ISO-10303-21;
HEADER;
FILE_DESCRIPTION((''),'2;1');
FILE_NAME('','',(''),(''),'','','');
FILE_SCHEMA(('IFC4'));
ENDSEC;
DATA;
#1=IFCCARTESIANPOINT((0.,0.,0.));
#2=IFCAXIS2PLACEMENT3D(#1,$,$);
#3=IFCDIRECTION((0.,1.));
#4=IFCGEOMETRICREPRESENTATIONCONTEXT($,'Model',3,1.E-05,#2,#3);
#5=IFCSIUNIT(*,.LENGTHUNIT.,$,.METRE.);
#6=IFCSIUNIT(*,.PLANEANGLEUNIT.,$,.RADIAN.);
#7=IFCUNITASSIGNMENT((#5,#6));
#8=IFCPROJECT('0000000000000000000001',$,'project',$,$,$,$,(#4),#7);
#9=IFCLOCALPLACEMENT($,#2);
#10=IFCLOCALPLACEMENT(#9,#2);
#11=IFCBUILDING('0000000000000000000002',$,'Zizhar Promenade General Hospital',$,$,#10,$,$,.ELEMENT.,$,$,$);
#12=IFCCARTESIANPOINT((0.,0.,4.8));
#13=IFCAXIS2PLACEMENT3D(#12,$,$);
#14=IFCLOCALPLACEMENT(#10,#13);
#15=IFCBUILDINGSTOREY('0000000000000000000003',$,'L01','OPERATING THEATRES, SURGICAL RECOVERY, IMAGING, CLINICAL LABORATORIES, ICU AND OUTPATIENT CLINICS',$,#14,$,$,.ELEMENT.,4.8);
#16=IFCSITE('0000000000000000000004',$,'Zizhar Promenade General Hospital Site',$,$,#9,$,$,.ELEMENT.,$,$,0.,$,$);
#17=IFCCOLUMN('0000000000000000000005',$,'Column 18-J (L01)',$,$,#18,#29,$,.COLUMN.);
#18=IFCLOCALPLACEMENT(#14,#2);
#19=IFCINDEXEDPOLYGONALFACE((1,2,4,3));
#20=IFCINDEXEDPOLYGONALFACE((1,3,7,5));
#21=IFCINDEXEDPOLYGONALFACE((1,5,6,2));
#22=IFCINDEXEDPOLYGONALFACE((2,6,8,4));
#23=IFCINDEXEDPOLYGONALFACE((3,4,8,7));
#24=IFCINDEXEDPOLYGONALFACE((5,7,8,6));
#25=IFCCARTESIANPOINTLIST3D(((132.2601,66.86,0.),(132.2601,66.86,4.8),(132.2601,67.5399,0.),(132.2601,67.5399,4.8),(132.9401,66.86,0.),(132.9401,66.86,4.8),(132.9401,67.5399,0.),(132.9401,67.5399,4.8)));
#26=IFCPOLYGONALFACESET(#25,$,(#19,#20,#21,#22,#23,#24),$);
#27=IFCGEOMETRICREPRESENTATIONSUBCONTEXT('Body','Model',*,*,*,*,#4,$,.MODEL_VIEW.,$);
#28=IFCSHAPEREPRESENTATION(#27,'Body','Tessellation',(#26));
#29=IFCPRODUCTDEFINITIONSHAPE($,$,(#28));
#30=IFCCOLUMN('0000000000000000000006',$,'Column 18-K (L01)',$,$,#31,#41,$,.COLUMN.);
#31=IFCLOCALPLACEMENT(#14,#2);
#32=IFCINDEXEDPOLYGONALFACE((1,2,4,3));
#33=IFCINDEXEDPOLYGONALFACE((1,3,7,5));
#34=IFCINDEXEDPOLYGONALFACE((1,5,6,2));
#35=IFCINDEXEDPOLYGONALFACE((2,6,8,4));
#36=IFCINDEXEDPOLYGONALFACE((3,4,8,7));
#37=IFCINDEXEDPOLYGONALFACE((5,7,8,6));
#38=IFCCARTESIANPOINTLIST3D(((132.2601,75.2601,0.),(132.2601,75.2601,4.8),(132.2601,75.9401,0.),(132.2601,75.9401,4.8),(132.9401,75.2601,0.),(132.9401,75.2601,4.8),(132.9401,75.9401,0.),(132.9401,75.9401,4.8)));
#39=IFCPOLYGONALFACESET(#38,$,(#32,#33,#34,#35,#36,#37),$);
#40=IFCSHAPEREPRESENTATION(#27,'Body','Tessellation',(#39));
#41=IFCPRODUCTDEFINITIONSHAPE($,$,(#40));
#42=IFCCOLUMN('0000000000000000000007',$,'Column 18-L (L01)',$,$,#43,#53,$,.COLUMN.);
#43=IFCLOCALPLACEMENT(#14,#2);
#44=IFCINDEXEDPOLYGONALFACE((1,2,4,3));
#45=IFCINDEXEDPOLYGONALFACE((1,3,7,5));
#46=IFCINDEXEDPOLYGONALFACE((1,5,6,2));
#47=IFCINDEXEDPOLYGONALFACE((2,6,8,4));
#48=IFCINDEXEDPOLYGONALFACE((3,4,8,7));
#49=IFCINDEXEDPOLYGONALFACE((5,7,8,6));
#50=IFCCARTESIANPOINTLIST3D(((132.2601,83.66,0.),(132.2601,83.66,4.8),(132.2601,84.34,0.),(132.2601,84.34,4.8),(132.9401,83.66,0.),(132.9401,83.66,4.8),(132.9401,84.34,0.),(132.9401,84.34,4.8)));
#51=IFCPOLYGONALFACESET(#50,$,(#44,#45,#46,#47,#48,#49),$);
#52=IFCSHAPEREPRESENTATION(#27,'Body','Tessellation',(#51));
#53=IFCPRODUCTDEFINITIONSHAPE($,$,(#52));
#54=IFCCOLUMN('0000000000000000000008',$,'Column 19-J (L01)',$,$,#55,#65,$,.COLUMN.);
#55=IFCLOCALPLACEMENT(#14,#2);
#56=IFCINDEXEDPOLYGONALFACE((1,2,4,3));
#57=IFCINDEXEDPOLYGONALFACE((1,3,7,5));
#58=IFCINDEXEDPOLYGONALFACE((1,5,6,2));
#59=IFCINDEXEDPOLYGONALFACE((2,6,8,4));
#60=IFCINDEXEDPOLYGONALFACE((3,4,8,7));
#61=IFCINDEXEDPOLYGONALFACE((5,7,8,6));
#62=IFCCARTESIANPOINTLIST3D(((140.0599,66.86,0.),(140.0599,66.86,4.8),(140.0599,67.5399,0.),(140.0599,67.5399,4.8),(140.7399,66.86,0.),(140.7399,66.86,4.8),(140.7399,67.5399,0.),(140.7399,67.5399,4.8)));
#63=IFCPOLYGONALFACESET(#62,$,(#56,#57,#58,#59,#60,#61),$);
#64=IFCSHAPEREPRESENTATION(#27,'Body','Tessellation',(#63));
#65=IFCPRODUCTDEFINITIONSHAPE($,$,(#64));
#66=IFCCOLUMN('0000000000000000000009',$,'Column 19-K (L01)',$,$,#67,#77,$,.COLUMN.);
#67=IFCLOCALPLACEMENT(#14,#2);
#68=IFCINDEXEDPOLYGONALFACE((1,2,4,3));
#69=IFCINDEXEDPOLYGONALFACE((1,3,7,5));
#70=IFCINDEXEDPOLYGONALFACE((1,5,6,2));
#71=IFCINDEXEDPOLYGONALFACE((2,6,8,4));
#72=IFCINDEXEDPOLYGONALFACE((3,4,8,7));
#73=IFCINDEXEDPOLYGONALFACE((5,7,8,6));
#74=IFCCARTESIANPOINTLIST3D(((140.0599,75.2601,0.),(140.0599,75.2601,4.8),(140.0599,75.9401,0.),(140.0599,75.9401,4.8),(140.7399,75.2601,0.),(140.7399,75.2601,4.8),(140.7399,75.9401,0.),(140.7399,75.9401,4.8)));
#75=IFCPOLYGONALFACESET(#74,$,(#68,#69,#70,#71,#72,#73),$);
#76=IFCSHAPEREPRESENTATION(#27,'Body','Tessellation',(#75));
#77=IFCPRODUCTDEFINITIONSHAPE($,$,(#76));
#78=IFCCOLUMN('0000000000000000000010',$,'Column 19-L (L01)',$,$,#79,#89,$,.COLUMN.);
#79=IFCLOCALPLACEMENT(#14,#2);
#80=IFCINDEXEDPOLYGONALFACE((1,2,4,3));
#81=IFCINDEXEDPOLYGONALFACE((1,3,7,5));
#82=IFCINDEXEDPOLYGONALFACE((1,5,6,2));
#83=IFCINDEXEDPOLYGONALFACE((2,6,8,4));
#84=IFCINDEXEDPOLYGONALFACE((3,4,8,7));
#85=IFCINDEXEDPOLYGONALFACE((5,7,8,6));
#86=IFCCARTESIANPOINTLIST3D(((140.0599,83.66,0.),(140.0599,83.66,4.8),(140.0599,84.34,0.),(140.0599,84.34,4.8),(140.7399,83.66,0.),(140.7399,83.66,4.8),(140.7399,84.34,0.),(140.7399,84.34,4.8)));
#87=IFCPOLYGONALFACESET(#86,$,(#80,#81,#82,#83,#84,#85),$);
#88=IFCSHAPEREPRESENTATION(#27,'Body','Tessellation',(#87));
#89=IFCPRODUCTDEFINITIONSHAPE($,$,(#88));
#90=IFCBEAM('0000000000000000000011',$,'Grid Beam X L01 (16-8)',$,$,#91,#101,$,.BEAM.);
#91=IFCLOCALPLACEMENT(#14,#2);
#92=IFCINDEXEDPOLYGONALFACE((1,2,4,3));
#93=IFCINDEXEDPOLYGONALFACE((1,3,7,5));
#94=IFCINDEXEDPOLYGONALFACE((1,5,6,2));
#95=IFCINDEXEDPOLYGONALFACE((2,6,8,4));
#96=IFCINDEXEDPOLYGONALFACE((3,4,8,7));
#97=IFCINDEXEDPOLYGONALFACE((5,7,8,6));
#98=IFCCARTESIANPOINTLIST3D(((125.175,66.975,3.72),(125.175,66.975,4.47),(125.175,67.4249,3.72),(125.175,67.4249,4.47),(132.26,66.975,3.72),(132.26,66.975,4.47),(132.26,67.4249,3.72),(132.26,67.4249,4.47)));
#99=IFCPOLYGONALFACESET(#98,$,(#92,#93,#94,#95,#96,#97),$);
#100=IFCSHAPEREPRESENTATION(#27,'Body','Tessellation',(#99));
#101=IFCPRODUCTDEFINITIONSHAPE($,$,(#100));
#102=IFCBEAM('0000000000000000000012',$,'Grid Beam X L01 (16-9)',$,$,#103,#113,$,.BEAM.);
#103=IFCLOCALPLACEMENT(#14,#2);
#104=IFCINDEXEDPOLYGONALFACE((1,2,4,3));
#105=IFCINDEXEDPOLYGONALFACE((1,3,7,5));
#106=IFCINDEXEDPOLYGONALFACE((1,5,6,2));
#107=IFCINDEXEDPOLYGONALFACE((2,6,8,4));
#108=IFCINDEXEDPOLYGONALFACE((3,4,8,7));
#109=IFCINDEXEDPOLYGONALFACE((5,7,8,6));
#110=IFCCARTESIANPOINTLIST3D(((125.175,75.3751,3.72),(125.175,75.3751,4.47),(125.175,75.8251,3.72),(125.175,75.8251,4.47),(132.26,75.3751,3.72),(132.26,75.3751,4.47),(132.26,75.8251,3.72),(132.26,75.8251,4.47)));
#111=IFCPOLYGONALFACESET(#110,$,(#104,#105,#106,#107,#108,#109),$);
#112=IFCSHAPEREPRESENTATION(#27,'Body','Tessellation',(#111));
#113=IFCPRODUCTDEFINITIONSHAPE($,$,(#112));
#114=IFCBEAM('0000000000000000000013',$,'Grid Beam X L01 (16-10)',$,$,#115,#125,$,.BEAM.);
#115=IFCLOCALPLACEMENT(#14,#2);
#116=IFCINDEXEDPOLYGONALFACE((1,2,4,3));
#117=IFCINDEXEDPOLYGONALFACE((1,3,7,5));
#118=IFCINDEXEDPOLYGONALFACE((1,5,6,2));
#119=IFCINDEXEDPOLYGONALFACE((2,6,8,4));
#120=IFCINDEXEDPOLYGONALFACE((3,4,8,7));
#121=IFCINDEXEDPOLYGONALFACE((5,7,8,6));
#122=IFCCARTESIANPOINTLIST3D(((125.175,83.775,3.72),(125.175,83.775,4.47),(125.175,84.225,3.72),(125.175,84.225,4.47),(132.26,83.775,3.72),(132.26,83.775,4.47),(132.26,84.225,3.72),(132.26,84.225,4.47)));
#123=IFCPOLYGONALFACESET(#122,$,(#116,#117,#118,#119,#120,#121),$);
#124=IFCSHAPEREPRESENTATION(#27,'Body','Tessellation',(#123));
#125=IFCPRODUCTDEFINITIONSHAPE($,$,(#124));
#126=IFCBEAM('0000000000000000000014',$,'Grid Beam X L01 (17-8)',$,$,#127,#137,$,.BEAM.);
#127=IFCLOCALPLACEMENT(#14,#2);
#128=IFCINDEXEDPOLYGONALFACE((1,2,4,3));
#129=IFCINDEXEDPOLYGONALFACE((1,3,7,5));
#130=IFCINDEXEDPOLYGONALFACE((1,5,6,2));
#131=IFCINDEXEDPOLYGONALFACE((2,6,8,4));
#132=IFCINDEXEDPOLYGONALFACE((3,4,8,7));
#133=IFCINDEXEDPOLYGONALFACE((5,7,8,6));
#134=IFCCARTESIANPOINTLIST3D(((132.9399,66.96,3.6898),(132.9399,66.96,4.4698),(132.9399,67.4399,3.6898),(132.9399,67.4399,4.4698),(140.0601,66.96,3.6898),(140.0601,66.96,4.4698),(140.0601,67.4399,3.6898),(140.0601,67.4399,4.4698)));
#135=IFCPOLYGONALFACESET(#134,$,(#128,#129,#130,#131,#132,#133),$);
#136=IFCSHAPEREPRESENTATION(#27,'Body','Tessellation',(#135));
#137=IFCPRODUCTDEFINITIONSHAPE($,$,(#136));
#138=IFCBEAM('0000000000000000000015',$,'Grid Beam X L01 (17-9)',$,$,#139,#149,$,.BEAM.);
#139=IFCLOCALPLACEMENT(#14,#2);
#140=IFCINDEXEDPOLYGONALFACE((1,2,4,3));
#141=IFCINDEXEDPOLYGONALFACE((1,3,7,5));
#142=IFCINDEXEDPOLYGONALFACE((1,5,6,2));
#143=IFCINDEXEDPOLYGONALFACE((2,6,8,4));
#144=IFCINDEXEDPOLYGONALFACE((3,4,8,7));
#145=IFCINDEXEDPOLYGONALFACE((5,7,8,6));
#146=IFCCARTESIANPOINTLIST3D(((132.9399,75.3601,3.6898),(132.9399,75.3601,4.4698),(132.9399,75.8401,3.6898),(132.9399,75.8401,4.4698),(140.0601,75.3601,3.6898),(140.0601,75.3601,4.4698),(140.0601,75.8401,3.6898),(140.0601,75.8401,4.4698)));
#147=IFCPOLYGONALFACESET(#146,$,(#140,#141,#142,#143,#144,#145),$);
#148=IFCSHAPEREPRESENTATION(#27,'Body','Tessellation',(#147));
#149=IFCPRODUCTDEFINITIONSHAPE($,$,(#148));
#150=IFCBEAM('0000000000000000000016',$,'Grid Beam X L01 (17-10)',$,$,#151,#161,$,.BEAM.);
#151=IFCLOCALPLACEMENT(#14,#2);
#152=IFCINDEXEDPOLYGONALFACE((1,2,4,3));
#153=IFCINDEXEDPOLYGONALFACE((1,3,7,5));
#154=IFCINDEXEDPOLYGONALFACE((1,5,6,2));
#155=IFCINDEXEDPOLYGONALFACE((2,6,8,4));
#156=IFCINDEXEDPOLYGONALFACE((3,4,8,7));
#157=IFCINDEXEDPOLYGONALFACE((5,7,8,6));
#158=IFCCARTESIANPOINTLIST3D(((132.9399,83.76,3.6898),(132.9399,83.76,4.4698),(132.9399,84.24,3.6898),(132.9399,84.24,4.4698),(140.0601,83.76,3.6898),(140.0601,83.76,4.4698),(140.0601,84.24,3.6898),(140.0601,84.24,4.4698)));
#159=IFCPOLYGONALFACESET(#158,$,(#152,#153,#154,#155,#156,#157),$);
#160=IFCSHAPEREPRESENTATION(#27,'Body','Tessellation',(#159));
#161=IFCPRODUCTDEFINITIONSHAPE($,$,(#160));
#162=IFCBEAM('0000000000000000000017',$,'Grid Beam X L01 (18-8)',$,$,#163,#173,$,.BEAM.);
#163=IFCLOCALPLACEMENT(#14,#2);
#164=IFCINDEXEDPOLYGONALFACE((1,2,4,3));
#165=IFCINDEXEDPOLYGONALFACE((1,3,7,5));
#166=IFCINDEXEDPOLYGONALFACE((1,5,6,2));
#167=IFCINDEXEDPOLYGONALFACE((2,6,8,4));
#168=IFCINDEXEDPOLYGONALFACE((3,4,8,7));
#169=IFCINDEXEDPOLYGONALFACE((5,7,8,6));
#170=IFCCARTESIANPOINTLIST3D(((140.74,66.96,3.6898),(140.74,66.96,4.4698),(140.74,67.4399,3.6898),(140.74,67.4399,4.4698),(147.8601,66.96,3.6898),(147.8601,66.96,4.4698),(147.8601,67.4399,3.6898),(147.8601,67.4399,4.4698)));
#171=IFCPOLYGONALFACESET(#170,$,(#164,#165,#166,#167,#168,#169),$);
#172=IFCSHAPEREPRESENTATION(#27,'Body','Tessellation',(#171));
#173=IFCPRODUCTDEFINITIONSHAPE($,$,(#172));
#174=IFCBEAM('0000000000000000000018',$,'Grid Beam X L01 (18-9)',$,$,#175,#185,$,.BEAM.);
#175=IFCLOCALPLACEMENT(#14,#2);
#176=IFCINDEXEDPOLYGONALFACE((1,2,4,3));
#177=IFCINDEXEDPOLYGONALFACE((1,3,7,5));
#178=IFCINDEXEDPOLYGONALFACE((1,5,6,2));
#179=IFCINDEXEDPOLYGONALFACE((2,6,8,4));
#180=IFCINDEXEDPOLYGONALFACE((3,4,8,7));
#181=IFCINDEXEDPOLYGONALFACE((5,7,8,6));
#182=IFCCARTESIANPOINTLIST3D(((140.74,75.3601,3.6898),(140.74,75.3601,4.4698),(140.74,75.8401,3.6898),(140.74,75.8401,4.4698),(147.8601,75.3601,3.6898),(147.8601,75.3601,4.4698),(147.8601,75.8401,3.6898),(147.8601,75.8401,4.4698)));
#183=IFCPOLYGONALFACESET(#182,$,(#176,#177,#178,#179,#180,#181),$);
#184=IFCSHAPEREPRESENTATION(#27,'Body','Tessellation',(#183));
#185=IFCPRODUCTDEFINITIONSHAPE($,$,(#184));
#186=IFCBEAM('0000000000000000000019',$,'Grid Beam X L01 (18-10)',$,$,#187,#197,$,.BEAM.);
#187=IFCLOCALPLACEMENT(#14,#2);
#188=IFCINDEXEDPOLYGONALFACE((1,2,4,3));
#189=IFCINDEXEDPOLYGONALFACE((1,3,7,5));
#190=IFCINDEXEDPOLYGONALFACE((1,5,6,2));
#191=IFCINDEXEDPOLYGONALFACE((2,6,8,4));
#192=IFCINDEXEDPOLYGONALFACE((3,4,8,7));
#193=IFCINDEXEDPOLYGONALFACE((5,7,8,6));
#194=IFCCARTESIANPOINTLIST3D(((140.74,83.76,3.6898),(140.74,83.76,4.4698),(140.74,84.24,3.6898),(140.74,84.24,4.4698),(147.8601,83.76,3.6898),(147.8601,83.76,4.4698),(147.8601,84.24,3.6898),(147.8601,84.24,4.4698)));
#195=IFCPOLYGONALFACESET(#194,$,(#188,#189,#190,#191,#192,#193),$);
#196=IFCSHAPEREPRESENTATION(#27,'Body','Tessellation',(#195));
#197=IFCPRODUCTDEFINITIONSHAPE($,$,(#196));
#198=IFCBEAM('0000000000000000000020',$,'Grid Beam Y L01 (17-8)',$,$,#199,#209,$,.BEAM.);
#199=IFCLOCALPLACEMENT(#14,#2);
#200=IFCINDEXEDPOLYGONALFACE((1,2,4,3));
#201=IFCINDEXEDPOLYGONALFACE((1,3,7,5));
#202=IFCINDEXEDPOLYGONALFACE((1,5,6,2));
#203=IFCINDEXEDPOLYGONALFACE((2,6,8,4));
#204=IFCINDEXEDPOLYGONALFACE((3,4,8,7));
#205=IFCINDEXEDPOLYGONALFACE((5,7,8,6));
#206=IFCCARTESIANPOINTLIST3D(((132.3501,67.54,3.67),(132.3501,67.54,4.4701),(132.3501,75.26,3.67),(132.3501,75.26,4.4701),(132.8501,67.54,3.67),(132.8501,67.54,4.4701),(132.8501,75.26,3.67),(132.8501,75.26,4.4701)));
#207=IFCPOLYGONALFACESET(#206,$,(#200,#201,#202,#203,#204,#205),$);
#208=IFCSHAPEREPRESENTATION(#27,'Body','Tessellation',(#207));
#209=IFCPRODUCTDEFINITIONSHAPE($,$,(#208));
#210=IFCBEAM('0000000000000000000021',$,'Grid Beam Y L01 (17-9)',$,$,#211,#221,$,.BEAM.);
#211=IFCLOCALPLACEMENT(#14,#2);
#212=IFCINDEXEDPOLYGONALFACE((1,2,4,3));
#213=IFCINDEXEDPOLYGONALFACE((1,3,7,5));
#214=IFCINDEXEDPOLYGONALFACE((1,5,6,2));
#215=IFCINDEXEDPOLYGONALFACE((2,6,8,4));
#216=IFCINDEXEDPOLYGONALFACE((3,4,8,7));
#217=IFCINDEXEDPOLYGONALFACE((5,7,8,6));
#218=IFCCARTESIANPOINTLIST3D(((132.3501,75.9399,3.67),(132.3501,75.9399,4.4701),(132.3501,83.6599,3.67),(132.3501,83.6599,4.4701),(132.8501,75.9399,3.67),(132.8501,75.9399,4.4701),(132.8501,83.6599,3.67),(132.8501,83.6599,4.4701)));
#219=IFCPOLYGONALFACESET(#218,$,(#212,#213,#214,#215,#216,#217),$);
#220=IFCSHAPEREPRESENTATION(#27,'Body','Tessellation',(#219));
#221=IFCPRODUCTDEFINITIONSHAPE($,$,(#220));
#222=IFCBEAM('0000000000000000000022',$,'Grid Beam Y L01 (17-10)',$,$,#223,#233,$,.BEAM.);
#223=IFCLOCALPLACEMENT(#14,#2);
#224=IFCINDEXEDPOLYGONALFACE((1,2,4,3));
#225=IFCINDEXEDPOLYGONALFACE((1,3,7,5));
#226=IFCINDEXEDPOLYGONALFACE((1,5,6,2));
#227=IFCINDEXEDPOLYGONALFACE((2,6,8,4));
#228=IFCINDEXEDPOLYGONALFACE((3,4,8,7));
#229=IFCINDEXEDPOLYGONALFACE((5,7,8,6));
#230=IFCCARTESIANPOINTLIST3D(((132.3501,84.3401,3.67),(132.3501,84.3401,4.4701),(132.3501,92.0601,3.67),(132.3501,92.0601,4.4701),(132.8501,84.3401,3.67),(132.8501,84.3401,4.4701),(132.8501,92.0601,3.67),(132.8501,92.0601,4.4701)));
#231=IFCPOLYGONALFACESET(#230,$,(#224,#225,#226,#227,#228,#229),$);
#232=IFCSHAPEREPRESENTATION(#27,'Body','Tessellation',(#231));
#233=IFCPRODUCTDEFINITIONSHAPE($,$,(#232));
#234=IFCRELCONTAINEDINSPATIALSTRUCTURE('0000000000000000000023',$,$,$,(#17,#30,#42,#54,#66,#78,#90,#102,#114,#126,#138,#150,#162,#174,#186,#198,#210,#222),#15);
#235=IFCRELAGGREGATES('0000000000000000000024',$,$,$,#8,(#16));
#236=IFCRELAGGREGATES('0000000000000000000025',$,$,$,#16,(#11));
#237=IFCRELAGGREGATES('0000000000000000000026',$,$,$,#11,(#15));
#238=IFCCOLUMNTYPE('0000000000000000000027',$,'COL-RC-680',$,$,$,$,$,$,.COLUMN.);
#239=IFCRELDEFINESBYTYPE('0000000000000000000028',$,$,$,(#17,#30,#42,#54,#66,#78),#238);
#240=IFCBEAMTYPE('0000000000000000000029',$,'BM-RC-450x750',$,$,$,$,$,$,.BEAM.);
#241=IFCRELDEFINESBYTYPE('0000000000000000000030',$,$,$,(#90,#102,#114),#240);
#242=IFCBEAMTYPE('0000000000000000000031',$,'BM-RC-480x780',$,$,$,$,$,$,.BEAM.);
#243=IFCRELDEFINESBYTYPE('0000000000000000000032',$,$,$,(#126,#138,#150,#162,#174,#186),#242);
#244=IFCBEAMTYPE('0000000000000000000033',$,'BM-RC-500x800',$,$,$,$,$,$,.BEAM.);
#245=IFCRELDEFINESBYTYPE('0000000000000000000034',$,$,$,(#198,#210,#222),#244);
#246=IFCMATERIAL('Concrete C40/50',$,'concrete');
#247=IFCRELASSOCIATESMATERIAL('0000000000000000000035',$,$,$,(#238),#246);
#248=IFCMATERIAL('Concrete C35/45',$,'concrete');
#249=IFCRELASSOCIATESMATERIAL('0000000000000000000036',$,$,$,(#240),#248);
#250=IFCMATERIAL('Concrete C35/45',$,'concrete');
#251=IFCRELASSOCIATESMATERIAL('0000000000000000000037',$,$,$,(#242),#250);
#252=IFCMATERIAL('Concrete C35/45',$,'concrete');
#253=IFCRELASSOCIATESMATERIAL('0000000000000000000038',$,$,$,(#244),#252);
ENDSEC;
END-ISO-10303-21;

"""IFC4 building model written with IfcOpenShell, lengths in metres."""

from ifc_helpers import new_model, si_unit, direction, frame, origin, origin_2d, place, context, subcontext, project, spatial, rectangle, extrude, material, material_profile, profile_set, type_object, element, save


model = new_model("IFC4")

# Units and contexts
model_context = context("Model", 3, precision=1e-05, world=origin(), true_north=direction((0.0, 1.0)))
body_context = subcontext(model_context, "Body", "Model", "MODEL_VIEW")
ifc_project = project(units=[si_unit("LENGTHUNIT", "METRE"), si_unit("PLANEANGLEUNIT", "RADIAN")], contexts=[model_context])

# Site, building, storey
site_placement = place(None, origin())
site = spatial("IfcSite", under=ifc_project, at=site_placement, Name="Zizhar Promenade General Hospital Site", CompositionType="ELEMENT", RefElevation=0.0)
building_placement = place(site_placement, origin())
building = spatial("IfcBuilding", under=site, at=building_placement, Name="Zizhar Promenade General Hospital", CompositionType="ELEMENT")
storey_placement = place(building_placement, frame((0.0, 0.0, 4.8)))
storey = spatial("IfcBuildingStorey", under=building, at=storey_placement, Name="L01", Description="OPERATING THEATRES, SURGICAL RECOVERY, IMAGING, CLINICAL LABORATORIES, ICU AND OUTPATIENT CLINICS", CompositionType="ELEMENT", Elevation=4.8)

# Columns
ifc_material_1 = material(Name="Concrete C40/50", Category="concrete")
ifc_material_profile_1 = material_profile(ifc_material_1, rectangle(XDim=0.6799, YDim=0.6799, at=origin_2d()))
ifc_profile_set_1 = profile_set([ifc_material_profile_1], Name="Concrete C40/50")
column_type = type_object("IfcColumnType", Name="COL-RC-680", PredefinedType="COLUMN", material=ifc_profile_set_1)
for number, where, z_axis, x_axis, name in (
    (1, (132.6001, 67.2, 0.0), (0.0, 0.0, 1.0), (1.0, 0.0, 0.0), "Column 18-J (L01)"),
    (2, (132.6001, 75.6001, 0.0), (0.0, 0.0, 1.0), (1.0, 0.0, 0.0), "Column 18-K (L01)"),
    (3, (132.6001, 84.0, 0.0), (0.0, 0.0, 1.0), (1.0, 0.0, 0.0), "Column 18-L (L01)"),
    (4, (140.3999, 67.2, 0.0), (0.0, 0.0, 1.0), (1.0, 0.0, 0.0), "Column 19-J (L01)"),
    (5, (140.3999, 75.6001, 0.0), (0.0, 0.0, 1.0), (1.0, 0.0, 0.0), "Column 19-K (L01)"),
    (6, (140.3999, 84.0, 0.0), (0.0, 0.0, 1.0), (1.0, 0.0, 0.0), "Column 19-L (L01)"),
):
    element("IfcColumn", number, at=place(storey_placement, frame(where, z_axis=z_axis, x_axis=x_axis)), inside=storey, type_object=column_type, Name=name, PredefinedType="COLUMN", context=body_context, shape_type="SweptSolid", body=[
        extrude(rectangle(XDim=0.6799, YDim=0.6799, at=origin_2d()), origin(), (0.0, 0.0, 1.0), 4.8),
    ])

# Beams
ifc_material_2 = material(Name="Concrete C35/45", Category="concrete")
ifc_material_profile_2 = material_profile(ifc_material_2, rectangle(XDim=0.45, YDim=0.75, at=origin_2d()))
ifc_profile_set_2 = profile_set([ifc_material_profile_2], Name="Concrete C35/45")
beam_type_1 = type_object("IfcBeamType", Name="BM-RC-450x750", PredefinedType="BEAM", material=ifc_profile_set_2)
for number, where, z_axis, x_axis, name in (
    (7, (125.175, 67.2, 4.095), (1.0, 0.0, 0.0), (0.0, 1.0, 0.0), "Grid Beam X L01 (16-8)"),
    (8, (125.175, 75.6001, 4.095), (1.0, 0.0, 0.0), (0.0, 1.0, 0.0), "Grid Beam X L01 (16-9)"),
    (9, (125.175, 84.0, 4.095), (1.0, 0.0, 0.0), (0.0, 1.0, 0.0), "Grid Beam X L01 (16-10)"),
):
    element("IfcBeam", number, at=place(storey_placement, frame(where, z_axis=z_axis, x_axis=x_axis)), inside=storey, type_object=beam_type_1, Name=name, PredefinedType="BEAM", context=body_context, shape_type="SweptSolid", body=[
        extrude(rectangle(XDim=0.45, YDim=0.75, at=origin_2d()), origin(), (0.0, 0.0, 1.0), 7.085),
    ])
ifc_material_3 = material(Name="Concrete C35/45", Category="concrete")
ifc_material_profile_3 = material_profile(ifc_material_3, rectangle(XDim=0.48, YDim=0.78, at=origin_2d()))
ifc_profile_set_3 = profile_set([ifc_material_profile_3], Name="Concrete C35/45")
beam_type_2 = type_object("IfcBeamType", Name="BM-RC-480x780", PredefinedType="BEAM", material=ifc_profile_set_3)
for number, where, z_axis, x_axis, name in (
    (10, (132.9399, 67.2, 4.0798), (1.0, 0.0, 0.0), (0.0, 1.0, 0.0), "Grid Beam X L01 (17-8)"),
    (11, (132.9399, 75.6001, 4.0798), (1.0, 0.0, 0.0), (0.0, 1.0, 0.0), "Grid Beam X L01 (17-9)"),
    (12, (132.9399, 84.0, 4.0798), (1.0, 0.0, 0.0), (0.0, 1.0, 0.0), "Grid Beam X L01 (17-10)"),
    (13, (140.74, 67.2, 4.0798), (1.0, 0.0, 0.0), (0.0, 1.0, 0.0), "Grid Beam X L01 (18-8)"),
    (14, (140.74, 75.6001, 4.0798), (1.0, 0.0, 0.0), (0.0, 1.0, 0.0), "Grid Beam X L01 (18-9)"),
    (15, (140.74, 84.0, 4.0798), (1.0, 0.0, 0.0), (0.0, 1.0, 0.0), "Grid Beam X L01 (18-10)"),
):
    element("IfcBeam", number, at=place(storey_placement, frame(where, z_axis=z_axis, x_axis=x_axis)), inside=storey, type_object=beam_type_2, Name=name, PredefinedType="BEAM", context=body_context, shape_type="SweptSolid", body=[
        extrude(rectangle(XDim=0.48, YDim=0.78, at=origin_2d()), origin(), (0.0, 0.0, 1.0), 7.1201),
    ])
ifc_material_4 = material(Name="Concrete C35/45", Category="concrete")
ifc_material_profile_4 = material_profile(ifc_material_4, rectangle(XDim=0.5, YDim=0.8, at=origin_2d()))
ifc_profile_set_4 = profile_set([ifc_material_profile_4], Name="Concrete C35/45")
beam_type_3 = type_object("IfcBeamType", Name="BM-RC-500x800", PredefinedType="BEAM", material=ifc_profile_set_4)
for number, where, z_axis, x_axis, name in (
    (16, (132.6001, 67.54, 4.0701), (0.0, 1.0, 0.0), (-1.0, 0.0, 0.0), "Grid Beam Y L01 (17-8)"),
    (17, (132.6001, 75.9399, 4.0701), (0.0, 1.0, 0.0), (-1.0, 0.0, 0.0), "Grid Beam Y L01 (17-9)"),
    (18, (132.6001, 84.3401, 4.0701), (0.0, 1.0, 0.0), (-1.0, 0.0, 0.0), "Grid Beam Y L01 (17-10)"),
):
    element("IfcBeam", number, at=place(storey_placement, frame(where, z_axis=z_axis, x_axis=x_axis)), inside=storey, type_object=beam_type_3, Name=name, PredefinedType="BEAM", context=body_context, shape_type="SweptSolid", body=[
        extrude(rectangle(XDim=0.5, YDim=0.8, at=origin_2d()), origin(), (0.0, 0.0, 1.0), 7.72),
    ])

save(model, "model.ifc")
